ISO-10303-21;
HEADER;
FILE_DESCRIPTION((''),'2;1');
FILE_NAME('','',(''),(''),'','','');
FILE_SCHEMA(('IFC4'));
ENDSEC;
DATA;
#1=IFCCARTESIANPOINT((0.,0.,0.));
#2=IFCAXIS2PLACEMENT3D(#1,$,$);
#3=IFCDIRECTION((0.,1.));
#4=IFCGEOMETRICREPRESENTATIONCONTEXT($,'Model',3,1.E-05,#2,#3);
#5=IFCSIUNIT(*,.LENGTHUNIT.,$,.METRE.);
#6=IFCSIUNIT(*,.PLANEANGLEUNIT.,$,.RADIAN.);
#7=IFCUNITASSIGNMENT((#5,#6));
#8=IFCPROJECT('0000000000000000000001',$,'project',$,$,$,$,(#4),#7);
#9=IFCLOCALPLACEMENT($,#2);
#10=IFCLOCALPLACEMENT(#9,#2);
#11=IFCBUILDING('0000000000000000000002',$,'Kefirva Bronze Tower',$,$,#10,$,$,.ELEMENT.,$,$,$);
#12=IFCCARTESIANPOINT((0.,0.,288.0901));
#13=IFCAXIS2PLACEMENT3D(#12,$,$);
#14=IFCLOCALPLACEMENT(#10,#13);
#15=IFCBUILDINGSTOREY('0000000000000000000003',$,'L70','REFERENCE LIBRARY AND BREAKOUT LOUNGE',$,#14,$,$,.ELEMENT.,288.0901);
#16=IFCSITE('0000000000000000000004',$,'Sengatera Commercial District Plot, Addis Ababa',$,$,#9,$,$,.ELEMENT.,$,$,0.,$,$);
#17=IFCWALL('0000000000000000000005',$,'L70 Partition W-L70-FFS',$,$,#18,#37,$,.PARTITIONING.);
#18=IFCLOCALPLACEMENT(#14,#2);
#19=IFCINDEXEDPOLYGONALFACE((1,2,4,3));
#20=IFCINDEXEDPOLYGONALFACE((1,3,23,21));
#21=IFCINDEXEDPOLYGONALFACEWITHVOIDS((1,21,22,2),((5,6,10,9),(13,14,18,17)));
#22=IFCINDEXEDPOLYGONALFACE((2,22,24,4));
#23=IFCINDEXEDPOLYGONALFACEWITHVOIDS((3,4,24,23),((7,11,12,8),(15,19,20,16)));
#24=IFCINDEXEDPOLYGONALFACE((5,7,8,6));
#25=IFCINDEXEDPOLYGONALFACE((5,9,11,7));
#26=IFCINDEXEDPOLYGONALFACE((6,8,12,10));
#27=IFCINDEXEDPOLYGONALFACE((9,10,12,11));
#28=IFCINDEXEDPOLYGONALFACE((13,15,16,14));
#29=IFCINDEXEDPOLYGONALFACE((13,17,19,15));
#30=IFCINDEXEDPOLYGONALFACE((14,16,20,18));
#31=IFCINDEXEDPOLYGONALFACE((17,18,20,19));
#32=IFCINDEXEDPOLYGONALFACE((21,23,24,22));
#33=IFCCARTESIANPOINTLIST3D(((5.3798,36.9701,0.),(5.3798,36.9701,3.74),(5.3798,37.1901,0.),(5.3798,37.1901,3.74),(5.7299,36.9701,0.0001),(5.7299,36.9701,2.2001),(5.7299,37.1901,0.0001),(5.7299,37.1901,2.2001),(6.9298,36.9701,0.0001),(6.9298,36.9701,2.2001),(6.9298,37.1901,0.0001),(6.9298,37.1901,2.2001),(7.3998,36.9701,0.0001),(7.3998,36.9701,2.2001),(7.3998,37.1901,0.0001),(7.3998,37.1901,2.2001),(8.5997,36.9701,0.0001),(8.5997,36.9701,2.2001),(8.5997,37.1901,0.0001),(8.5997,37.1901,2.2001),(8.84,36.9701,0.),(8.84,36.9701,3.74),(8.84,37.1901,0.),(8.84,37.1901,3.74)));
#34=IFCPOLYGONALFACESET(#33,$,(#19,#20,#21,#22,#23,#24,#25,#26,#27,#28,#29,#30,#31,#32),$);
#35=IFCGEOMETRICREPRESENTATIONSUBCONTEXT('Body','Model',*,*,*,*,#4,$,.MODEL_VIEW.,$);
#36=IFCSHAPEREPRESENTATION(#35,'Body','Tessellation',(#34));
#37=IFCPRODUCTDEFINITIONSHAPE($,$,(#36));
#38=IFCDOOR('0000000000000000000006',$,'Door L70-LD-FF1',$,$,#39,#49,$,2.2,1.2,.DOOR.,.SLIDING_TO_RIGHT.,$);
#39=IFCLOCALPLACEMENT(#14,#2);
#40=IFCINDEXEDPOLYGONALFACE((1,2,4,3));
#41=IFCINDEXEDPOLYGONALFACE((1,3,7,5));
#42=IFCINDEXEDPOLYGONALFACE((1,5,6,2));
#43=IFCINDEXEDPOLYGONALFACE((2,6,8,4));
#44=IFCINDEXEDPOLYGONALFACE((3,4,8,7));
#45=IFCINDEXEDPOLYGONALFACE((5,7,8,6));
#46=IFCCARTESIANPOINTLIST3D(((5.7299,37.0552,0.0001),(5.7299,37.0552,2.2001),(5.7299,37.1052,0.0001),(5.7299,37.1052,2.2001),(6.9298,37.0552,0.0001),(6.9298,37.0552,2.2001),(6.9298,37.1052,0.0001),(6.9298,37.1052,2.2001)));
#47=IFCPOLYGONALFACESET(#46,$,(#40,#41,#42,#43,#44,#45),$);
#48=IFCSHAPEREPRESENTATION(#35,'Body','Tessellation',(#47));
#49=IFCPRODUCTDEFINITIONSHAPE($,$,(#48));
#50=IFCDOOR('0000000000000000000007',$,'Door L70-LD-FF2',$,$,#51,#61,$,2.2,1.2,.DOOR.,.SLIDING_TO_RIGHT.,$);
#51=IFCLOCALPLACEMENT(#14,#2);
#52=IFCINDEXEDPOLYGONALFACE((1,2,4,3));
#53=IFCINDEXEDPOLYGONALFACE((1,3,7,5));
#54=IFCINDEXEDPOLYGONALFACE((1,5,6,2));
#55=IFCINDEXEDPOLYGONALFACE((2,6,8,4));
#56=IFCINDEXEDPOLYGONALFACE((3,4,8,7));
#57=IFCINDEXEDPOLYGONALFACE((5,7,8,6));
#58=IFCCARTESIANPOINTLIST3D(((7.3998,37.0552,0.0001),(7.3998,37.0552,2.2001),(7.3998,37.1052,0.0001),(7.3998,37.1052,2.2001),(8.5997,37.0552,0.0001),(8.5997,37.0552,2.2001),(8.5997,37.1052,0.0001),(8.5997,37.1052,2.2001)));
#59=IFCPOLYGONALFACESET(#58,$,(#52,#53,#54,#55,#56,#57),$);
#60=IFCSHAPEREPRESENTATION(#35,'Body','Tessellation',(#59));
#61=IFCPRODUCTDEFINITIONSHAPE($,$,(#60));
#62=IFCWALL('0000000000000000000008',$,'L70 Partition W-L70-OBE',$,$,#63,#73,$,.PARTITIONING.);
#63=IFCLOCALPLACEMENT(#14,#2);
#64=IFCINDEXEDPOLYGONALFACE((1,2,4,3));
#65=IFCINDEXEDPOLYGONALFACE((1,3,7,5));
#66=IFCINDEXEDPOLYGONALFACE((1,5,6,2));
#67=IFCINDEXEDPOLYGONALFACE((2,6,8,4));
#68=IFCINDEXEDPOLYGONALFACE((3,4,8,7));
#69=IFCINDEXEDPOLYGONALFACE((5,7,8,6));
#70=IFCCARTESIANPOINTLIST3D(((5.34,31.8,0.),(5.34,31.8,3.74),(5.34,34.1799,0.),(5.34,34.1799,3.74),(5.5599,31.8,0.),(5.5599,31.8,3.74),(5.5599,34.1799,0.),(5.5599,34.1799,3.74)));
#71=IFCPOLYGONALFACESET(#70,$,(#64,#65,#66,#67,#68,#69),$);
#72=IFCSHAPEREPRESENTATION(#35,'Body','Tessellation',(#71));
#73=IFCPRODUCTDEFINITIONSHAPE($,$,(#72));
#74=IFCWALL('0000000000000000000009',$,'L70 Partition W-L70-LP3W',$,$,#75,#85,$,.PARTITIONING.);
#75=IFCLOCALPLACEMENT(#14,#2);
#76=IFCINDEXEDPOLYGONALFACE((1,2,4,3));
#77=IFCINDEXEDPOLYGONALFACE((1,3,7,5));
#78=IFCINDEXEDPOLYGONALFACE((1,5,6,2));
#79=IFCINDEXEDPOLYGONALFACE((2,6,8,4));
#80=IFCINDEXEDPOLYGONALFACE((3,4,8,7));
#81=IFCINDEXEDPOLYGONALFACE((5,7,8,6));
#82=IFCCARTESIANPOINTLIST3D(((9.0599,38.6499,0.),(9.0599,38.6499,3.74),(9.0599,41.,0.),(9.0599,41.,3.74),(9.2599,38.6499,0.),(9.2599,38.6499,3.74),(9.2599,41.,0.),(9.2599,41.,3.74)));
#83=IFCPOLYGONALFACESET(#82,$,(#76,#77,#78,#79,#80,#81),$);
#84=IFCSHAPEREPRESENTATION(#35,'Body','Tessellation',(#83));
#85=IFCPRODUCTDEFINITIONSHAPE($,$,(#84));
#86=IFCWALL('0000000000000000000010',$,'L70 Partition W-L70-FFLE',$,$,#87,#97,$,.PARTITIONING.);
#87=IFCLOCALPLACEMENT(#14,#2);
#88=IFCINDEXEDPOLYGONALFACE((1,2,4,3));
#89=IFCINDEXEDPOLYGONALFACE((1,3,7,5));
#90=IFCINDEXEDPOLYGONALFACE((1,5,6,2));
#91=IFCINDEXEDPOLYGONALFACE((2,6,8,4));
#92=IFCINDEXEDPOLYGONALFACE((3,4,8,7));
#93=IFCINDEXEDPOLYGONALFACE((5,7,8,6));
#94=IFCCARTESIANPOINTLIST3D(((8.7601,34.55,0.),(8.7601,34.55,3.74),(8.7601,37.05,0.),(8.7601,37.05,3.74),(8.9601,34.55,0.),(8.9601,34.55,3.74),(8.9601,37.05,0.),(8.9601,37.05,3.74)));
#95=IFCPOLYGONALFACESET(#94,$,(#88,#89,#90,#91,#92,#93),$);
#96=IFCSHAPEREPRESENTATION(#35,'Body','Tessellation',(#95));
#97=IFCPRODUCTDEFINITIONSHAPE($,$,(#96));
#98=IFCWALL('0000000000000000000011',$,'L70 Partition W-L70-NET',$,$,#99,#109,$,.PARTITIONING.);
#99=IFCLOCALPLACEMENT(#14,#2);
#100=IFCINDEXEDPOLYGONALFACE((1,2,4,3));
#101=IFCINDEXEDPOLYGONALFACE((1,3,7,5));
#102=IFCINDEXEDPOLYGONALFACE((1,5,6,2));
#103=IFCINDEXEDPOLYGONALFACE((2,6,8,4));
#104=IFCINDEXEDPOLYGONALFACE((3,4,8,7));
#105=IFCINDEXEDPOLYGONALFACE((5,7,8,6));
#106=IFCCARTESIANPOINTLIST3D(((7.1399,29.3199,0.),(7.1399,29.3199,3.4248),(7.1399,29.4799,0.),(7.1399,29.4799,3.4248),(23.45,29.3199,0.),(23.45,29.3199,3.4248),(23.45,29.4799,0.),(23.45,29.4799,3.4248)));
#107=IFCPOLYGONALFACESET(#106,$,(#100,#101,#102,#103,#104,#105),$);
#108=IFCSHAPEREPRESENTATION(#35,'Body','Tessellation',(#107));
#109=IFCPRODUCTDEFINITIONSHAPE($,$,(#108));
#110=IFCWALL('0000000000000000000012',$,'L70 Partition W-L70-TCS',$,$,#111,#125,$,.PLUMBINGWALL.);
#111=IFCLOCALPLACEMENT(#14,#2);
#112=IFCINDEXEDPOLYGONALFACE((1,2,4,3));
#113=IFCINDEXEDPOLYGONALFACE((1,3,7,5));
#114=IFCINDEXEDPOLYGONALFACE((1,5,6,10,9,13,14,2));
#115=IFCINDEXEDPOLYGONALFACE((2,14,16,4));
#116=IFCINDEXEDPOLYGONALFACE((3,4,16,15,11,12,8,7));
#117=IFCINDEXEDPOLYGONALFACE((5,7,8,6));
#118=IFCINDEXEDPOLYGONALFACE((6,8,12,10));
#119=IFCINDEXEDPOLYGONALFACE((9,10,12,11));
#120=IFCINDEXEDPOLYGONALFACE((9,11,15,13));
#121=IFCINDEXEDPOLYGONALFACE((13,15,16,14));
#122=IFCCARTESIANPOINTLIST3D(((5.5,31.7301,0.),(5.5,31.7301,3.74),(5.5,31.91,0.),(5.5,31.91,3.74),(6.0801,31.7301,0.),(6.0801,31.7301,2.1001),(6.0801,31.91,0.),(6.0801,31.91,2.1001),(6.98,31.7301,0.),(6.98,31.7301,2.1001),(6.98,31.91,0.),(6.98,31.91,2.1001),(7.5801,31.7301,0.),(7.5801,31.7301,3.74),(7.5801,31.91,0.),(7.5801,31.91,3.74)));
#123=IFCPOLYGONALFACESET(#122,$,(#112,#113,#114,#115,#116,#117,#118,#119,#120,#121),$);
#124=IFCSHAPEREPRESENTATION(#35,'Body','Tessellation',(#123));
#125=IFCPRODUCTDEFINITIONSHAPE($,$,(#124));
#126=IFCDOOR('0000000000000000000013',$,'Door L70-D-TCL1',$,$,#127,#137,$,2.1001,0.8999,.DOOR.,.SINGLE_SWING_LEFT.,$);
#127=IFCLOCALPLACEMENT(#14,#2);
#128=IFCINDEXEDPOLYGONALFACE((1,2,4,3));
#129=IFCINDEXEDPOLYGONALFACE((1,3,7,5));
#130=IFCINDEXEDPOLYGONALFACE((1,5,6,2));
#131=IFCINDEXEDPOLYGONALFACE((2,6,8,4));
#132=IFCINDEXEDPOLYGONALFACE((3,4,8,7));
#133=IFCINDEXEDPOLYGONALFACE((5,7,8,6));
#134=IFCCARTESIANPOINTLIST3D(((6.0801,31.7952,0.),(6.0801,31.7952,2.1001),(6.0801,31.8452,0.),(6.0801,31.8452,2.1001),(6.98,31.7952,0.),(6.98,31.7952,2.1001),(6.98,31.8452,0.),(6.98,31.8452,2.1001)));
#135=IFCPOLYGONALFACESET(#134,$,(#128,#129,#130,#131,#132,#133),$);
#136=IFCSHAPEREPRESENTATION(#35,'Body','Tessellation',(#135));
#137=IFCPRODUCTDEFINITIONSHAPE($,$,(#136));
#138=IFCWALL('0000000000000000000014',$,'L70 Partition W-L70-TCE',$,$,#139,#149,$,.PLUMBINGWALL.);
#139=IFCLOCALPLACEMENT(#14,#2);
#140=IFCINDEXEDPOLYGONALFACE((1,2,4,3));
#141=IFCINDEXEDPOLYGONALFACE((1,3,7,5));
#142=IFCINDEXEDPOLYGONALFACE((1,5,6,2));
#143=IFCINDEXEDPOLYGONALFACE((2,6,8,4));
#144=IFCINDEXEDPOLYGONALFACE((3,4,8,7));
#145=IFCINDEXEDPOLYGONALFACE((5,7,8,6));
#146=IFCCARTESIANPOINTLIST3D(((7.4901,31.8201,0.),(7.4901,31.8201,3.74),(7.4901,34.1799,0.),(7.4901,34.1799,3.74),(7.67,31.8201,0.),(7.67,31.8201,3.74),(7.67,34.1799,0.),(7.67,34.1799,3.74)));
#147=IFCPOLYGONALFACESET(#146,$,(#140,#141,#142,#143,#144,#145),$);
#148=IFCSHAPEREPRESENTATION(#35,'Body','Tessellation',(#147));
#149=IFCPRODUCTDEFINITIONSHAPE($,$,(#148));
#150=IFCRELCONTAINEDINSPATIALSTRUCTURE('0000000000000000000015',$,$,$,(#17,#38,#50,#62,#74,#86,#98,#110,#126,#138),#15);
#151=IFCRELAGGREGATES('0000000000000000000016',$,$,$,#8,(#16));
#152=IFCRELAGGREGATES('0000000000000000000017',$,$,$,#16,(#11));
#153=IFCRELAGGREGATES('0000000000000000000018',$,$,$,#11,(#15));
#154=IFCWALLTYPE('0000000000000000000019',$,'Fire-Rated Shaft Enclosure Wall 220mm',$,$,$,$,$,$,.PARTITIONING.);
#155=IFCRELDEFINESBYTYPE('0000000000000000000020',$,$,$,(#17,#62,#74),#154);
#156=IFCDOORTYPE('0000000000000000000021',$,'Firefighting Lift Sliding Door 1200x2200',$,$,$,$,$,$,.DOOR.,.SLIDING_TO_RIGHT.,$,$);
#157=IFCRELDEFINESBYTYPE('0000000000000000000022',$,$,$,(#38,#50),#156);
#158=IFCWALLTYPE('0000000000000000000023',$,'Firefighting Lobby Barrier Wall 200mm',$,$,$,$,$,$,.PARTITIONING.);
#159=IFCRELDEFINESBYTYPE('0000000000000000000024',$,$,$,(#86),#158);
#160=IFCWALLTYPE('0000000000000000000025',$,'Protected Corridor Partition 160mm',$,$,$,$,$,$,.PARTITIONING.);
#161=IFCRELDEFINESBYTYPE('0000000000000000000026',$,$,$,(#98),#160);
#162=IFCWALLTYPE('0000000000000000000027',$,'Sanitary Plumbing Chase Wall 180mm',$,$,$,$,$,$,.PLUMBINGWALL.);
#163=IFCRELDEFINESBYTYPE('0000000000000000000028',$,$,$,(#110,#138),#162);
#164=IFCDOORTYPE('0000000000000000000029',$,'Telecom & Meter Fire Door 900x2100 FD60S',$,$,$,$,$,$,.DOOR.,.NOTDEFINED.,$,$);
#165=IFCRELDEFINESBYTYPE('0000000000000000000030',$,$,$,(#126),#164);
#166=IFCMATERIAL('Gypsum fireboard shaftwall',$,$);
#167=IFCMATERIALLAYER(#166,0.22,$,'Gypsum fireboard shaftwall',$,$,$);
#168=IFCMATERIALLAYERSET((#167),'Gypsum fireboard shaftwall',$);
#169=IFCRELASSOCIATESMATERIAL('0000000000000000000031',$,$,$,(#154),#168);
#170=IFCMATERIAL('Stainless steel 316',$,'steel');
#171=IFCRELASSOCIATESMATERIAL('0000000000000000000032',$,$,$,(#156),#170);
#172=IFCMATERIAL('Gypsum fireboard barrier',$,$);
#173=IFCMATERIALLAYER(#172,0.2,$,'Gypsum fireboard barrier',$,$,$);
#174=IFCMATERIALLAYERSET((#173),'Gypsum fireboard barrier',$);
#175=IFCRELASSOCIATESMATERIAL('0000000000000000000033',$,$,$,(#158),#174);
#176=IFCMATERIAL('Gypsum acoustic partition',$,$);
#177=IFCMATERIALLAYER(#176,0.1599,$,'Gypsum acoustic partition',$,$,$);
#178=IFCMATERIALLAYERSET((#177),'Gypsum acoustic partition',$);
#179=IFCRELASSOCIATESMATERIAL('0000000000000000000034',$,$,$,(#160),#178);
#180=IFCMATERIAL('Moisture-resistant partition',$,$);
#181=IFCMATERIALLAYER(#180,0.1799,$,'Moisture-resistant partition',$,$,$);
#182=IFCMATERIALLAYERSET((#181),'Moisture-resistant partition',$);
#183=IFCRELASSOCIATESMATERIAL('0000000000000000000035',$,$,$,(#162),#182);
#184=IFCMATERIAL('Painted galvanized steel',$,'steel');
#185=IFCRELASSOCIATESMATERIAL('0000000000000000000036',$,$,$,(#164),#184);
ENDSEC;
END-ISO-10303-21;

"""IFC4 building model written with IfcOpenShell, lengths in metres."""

from ifc_helpers import new_model, si_unit, direction, frame, frame_2d, origin, place, context, subcontext, project, spatial, rectangle, extrude, material, layer, layer_set, type_object, element, fill, save


model = new_model("IFC4")

# Units and contexts
model_context = context("Model", 3, precision=1e-05, world=origin(), true_north=direction((0.0, 1.0)))
body_context = subcontext(model_context, "Body", "Model", "MODEL_VIEW")
ifc_project = project(units=[si_unit("LENGTHUNIT", "METRE"), si_unit("PLANEANGLEUNIT", "RADIAN")], contexts=[model_context])

# Site, building, storey
site_placement = place(None, origin())
site = spatial("IfcSite", under=ifc_project, at=site_placement, Name="Sengatera Commercial District Plot, Addis Ababa", CompositionType="ELEMENT", RefElevation=0.0)
building_placement = place(site_placement, origin())
building = spatial("IfcBuilding", under=site, at=building_placement, Name="Kefirva Bronze Tower", CompositionType="ELEMENT")
storey_placement = place(building_placement, frame((0.0, 0.0, 288.0901)))
storey = spatial("IfcBuildingStorey", under=building, at=storey_placement, Name="L70", Description="REFERENCE LIBRARY AND BREAKOUT LOUNGE", CompositionType="ELEMENT", Elevation=288.0901)

# Wall, openings, doors
ifc_material_1 = material(Name="Gypsum fireboard shaftwall")
ifc_layer_1 = layer(ifc_material_1, 0.22, Name="Gypsum fireboard shaftwall")
ifc_layer_set_1 = layer_set([ifc_layer_1], Name="Gypsum fireboard shaftwall")
wall_type_1 = type_object("IfcWallType", Name="Fire-Rated Shaft Enclosure Wall 220mm", PredefinedType="PARTITIONING", material=ifc_layer_set_1)
wall_1_placement = place(storey_placement, frame((5.3799, 37.0801, 0.0), z_axis=(0.0, 0.0, 1.0), x_axis=(1.0, 0.0, 0.0)))
wall_1 = element("IfcWall", 1, at=wall_1_placement, inside=storey, type_object=wall_type_1, Name="L70 Partition W-L70-FFS", PredefinedType="PARTITIONING", context=body_context, shape_type="SweptSolid", body=[
    extrude(rectangle(XDim=3.4602, YDim=0.22, at=frame_2d((1.73, 0.0))), origin(), (0.0, 0.0, 1.0), 3.74),
])
opening_1_placement = place(wall_1_placement, frame((1.55, 0.0, 0.0), z_axis=(0.0, 0.0, 1.0), x_axis=(-1.0, 0.0, 0.0)))
opening_1 = element("IfcOpeningElement", 2, at=opening_1_placement, cuts=wall_1, PredefinedType="OPENING", context=body_context, shape_type="SweptSolid", body=[
    extrude(rectangle(XDim=1.2, YDim=2.2, at=frame_2d((0.6001, 1.1001))), frame((0.0, 0.1201, 0.0), z_axis=(0.0, -1.0, 0.0), x_axis=(1.0, 0.0, 0.0)), (0.0, 0.0, 1.0), 0.24),
])
opening_2_placement = place(wall_1_placement, frame((3.22, 0.0, 0.0), z_axis=(0.0, 0.0, 1.0), x_axis=(-1.0, 0.0, 0.0)))
opening_2 = element("IfcOpeningElement", 3, at=opening_2_placement, cuts=wall_1, PredefinedType="OPENING", context=body_context, shape_type="SweptSolid", body=[
    extrude(rectangle(XDim=1.2, YDim=2.2, at=frame_2d((0.6001, 1.1001))), frame((0.0, 0.1201, 0.0), z_axis=(0.0, -1.0, 0.0), x_axis=(1.0, 0.0, 0.0)), (0.0, 0.0, 1.0), 0.24),
])
ifc_material_2 = material(Name="Stainless steel 316", Category="steel")
door_type_1 = type_object("IfcDoorType", Name="Firefighting Lift Sliding Door 1200x2200", OperationType="SLIDING_TO_RIGHT", PredefinedType="DOOR", material=ifc_material_2)
door_1_placement = place(opening_1_placement, origin())
door_1 = element("IfcDoor", 4, at=door_1_placement, inside=storey, type_object=door_type_1, Name="Door L70-LD-FF1", OperationType="SLIDING_TO_RIGHT", OverallHeight=2.2, OverallWidth=1.2, PredefinedType="DOOR", context=body_context, shape_type="SweptSolid", body=[
    extrude(rectangle(XDim=1.2, YDim=2.2, at=frame_2d((0.6001, 1.1001))), frame((0.0, 0.0249, 0.0), z_axis=(0.0, -1.0, 0.0), x_axis=(1.0, 0.0, 0.0)), (0.0, 0.0, 1.0), 0.05),
])
fill(opening_1, door_1)
door_2_placement = place(opening_2_placement, origin())
door_2 = element("IfcDoor", 5, at=door_2_placement, inside=storey, type_object=door_type_1, Name="Door L70-LD-FF2", OperationType="SLIDING_TO_RIGHT", OverallHeight=2.2, OverallWidth=1.2, PredefinedType="DOOR", context=body_context, shape_type="SweptSolid", body=[
    extrude(rectangle(XDim=1.2, YDim=2.2, at=frame_2d((0.6001, 1.1001))), frame((0.0, 0.0249, 0.0), z_axis=(0.0, -1.0, 0.0), x_axis=(1.0, 0.0, 0.0)), (0.0, 0.0, 1.0), 0.05),
])
fill(opening_2, door_2)

# Walls
wall_2_placement = place(storey_placement, frame((5.45, 31.8, 0.0), z_axis=(0.0, 0.0, 1.0), x_axis=(0.0, 1.0, 0.0)))
element("IfcWall", 6, at=wall_2_placement, inside=storey, type_object=wall_type_1, Name="L70 Partition W-L70-OBE", PredefinedType="PARTITIONING", context=body_context, shape_type="SweptSolid", body=[
    extrude(rectangle(XDim=2.3799, YDim=0.22, at=frame_2d((1.1899, 0.0))), origin(), (0.0, 0.0, 1.0), 3.74),
])
wall_3_placement = place(storey_placement, frame((9.1599, 38.6499, 0.0), z_axis=(0.0, 0.0, 1.0), x_axis=(0.0, 1.0, 0.0)))
element("IfcWall", 7, at=wall_3_placement, inside=storey, type_object=wall_type_1, Name="L70 Partition W-L70-LP3W", PredefinedType="PARTITIONING", context=body_context, shape_type="SweptSolid", body=[
    extrude(rectangle(XDim=2.3501, YDim=0.2, at=frame_2d((1.175, 0.0))), origin(), (0.0, 0.0, 1.0), 3.74),
])
ifc_material_3 = material(Name="Gypsum fireboard barrier")
ifc_layer_2 = layer(ifc_material_3, 0.2, Name="Gypsum fireboard barrier")
ifc_layer_set_2 = layer_set([ifc_layer_2], Name="Gypsum fireboard barrier")
wall_type_2 = type_object("IfcWallType", Name="Firefighting Lobby Barrier Wall 200mm", PredefinedType="PARTITIONING", material=ifc_layer_set_2)
wall_4_placement = place(storey_placement, frame((8.8601, 34.55, 0.0), z_axis=(0.0, 0.0, 1.0), x_axis=(0.0, 1.0, 0.0)))
element("IfcWall", 8, at=wall_4_placement, inside=storey, type_object=wall_type_2, Name="L70 Partition W-L70-FFLE", PredefinedType="PARTITIONING", context=body_context, shape_type="SweptSolid", body=[
    extrude(rectangle(XDim=2.5, YDim=0.2, at=frame_2d((1.25, 0.0))), origin(), (0.0, 0.0, 1.0), 3.74),
])

# Shared definitions
ifc_material_4 = material(Name="Gypsum acoustic partition")
ifc_layer_3 = layer(ifc_material_4, 0.1599, Name="Gypsum acoustic partition")
ifc_layer_set_3 = layer_set([ifc_layer_3], Name="Gypsum acoustic partition")
wall_type_3 = type_object("IfcWallType", Name="Protected Corridor Partition 160mm", PredefinedType="PARTITIONING", material=ifc_layer_set_3)

# Shared definitions
ifc_material_5 = material(Name="Painted galvanized steel", Category="steel")

# Wall
wall_5_placement = place(storey_placement, frame((7.1399, 29.3999, 0.0), z_axis=(0.0, 0.0, 1.0), x_axis=(1.0, 0.0, 0.0)))
element("IfcWall", 9, at=wall_5_placement, inside=storey, type_object=wall_type_3, Name="L70 Partition W-L70-NET", PredefinedType="PARTITIONING", context=body_context, shape_type="SweptSolid", body=[
    extrude(rectangle(XDim=16.3101, YDim=0.1599, at=frame_2d((8.155, 0.0))), origin(), (0.0, 0.0, 1.0), 3.4248),
])

# Wall, opening, door
ifc_material_6 = material(Name="Moisture-resistant partition")
ifc_layer_4 = layer(ifc_material_6, 0.1799, Name="Moisture-resistant partition")
ifc_layer_set_4 = layer_set([ifc_layer_4], Name="Moisture-resistant partition")
wall_type_4 = type_object("IfcWallType", Name="Sanitary Plumbing Chase Wall 180mm", PredefinedType="PLUMBINGWALL", material=ifc_layer_set_4)
wall_6_placement = place(storey_placement, frame((5.5, 31.8201, 0.0), z_axis=(0.0, 0.0, 1.0), x_axis=(1.0, 0.0, 0.0)))
wall_6 = element("IfcWall", 10, at=wall_6_placement, inside=storey, type_object=wall_type_4, Name="L70 Partition W-L70-TCS", PredefinedType="PLUMBINGWALL", context=body_context, shape_type="SweptSolid", body=[
    extrude(rectangle(XDim=2.0801, YDim=0.1799, at=frame_2d((1.04, 0.0))), origin(), (0.0, 0.0, 1.0), 3.74),
])
opening_3_placement = place(wall_6_placement, frame((1.48, 0.0, 0.0), z_axis=(0.0, 0.0, 1.0), x_axis=(-1.0, 0.0, 0.0)))
opening_3 = element("IfcOpeningElement", 11, at=opening_3_placement, cuts=wall_6, PredefinedType="OPENING", context=body_context, shape_type="SweptSolid", body=[
    extrude(rectangle(XDim=0.8999, YDim=2.1001, at=frame_2d((0.45, 1.05))), frame((0.0, 0.1001, 0.0), z_axis=(0.0, -1.0, 0.0), x_axis=(1.0, 0.0, 0.0)), (0.0, 0.0, 1.0), 0.2),
])
door_type_2 = type_object("IfcDoorType", Name="Telecom & Meter Fire Door 900x2100 FD60S", OperationType="NOTDEFINED", PredefinedType="DOOR", material=ifc_material_5)
door_3_placement = place(opening_3_placement, origin())
door_3 = element("IfcDoor", 12, at=door_3_placement, inside=storey, type_object=door_type_2, Name="Door L70-D-TCL1", OperationType="SINGLE_SWING_LEFT", OverallHeight=2.1001, OverallWidth=0.8999, PredefinedType="DOOR", context=body_context, shape_type="SweptSolid", body=[
    extrude(rectangle(XDim=0.8999, YDim=2.1001, at=frame_2d((0.45, 1.05))), frame((0.0, 0.0249, 0.0), z_axis=(0.0, -1.0, 0.0), x_axis=(1.0, 0.0, 0.0)), (0.0, 0.0, 1.0), 0.05),
])
fill(opening_3, door_3)

# Wall
wall_7_placement = place(storey_placement, frame((7.5801, 31.8201, 0.0), z_axis=(0.0, 0.0, 1.0), x_axis=(0.0, 1.0, 0.0)))
element("IfcWall", 13, at=wall_7_placement, inside=storey, type_object=wall_type_4, Name="L70 Partition W-L70-TCE", PredefinedType="PLUMBINGWALL", context=body_context, shape_type="SweptSolid", body=[
    extrude(rectangle(XDim=2.3599, YDim=0.1799, at=frame_2d((1.1799, 0.0))), origin(), (0.0, 0.0, 1.0), 3.74),
])

save(model, "model.ifc")
